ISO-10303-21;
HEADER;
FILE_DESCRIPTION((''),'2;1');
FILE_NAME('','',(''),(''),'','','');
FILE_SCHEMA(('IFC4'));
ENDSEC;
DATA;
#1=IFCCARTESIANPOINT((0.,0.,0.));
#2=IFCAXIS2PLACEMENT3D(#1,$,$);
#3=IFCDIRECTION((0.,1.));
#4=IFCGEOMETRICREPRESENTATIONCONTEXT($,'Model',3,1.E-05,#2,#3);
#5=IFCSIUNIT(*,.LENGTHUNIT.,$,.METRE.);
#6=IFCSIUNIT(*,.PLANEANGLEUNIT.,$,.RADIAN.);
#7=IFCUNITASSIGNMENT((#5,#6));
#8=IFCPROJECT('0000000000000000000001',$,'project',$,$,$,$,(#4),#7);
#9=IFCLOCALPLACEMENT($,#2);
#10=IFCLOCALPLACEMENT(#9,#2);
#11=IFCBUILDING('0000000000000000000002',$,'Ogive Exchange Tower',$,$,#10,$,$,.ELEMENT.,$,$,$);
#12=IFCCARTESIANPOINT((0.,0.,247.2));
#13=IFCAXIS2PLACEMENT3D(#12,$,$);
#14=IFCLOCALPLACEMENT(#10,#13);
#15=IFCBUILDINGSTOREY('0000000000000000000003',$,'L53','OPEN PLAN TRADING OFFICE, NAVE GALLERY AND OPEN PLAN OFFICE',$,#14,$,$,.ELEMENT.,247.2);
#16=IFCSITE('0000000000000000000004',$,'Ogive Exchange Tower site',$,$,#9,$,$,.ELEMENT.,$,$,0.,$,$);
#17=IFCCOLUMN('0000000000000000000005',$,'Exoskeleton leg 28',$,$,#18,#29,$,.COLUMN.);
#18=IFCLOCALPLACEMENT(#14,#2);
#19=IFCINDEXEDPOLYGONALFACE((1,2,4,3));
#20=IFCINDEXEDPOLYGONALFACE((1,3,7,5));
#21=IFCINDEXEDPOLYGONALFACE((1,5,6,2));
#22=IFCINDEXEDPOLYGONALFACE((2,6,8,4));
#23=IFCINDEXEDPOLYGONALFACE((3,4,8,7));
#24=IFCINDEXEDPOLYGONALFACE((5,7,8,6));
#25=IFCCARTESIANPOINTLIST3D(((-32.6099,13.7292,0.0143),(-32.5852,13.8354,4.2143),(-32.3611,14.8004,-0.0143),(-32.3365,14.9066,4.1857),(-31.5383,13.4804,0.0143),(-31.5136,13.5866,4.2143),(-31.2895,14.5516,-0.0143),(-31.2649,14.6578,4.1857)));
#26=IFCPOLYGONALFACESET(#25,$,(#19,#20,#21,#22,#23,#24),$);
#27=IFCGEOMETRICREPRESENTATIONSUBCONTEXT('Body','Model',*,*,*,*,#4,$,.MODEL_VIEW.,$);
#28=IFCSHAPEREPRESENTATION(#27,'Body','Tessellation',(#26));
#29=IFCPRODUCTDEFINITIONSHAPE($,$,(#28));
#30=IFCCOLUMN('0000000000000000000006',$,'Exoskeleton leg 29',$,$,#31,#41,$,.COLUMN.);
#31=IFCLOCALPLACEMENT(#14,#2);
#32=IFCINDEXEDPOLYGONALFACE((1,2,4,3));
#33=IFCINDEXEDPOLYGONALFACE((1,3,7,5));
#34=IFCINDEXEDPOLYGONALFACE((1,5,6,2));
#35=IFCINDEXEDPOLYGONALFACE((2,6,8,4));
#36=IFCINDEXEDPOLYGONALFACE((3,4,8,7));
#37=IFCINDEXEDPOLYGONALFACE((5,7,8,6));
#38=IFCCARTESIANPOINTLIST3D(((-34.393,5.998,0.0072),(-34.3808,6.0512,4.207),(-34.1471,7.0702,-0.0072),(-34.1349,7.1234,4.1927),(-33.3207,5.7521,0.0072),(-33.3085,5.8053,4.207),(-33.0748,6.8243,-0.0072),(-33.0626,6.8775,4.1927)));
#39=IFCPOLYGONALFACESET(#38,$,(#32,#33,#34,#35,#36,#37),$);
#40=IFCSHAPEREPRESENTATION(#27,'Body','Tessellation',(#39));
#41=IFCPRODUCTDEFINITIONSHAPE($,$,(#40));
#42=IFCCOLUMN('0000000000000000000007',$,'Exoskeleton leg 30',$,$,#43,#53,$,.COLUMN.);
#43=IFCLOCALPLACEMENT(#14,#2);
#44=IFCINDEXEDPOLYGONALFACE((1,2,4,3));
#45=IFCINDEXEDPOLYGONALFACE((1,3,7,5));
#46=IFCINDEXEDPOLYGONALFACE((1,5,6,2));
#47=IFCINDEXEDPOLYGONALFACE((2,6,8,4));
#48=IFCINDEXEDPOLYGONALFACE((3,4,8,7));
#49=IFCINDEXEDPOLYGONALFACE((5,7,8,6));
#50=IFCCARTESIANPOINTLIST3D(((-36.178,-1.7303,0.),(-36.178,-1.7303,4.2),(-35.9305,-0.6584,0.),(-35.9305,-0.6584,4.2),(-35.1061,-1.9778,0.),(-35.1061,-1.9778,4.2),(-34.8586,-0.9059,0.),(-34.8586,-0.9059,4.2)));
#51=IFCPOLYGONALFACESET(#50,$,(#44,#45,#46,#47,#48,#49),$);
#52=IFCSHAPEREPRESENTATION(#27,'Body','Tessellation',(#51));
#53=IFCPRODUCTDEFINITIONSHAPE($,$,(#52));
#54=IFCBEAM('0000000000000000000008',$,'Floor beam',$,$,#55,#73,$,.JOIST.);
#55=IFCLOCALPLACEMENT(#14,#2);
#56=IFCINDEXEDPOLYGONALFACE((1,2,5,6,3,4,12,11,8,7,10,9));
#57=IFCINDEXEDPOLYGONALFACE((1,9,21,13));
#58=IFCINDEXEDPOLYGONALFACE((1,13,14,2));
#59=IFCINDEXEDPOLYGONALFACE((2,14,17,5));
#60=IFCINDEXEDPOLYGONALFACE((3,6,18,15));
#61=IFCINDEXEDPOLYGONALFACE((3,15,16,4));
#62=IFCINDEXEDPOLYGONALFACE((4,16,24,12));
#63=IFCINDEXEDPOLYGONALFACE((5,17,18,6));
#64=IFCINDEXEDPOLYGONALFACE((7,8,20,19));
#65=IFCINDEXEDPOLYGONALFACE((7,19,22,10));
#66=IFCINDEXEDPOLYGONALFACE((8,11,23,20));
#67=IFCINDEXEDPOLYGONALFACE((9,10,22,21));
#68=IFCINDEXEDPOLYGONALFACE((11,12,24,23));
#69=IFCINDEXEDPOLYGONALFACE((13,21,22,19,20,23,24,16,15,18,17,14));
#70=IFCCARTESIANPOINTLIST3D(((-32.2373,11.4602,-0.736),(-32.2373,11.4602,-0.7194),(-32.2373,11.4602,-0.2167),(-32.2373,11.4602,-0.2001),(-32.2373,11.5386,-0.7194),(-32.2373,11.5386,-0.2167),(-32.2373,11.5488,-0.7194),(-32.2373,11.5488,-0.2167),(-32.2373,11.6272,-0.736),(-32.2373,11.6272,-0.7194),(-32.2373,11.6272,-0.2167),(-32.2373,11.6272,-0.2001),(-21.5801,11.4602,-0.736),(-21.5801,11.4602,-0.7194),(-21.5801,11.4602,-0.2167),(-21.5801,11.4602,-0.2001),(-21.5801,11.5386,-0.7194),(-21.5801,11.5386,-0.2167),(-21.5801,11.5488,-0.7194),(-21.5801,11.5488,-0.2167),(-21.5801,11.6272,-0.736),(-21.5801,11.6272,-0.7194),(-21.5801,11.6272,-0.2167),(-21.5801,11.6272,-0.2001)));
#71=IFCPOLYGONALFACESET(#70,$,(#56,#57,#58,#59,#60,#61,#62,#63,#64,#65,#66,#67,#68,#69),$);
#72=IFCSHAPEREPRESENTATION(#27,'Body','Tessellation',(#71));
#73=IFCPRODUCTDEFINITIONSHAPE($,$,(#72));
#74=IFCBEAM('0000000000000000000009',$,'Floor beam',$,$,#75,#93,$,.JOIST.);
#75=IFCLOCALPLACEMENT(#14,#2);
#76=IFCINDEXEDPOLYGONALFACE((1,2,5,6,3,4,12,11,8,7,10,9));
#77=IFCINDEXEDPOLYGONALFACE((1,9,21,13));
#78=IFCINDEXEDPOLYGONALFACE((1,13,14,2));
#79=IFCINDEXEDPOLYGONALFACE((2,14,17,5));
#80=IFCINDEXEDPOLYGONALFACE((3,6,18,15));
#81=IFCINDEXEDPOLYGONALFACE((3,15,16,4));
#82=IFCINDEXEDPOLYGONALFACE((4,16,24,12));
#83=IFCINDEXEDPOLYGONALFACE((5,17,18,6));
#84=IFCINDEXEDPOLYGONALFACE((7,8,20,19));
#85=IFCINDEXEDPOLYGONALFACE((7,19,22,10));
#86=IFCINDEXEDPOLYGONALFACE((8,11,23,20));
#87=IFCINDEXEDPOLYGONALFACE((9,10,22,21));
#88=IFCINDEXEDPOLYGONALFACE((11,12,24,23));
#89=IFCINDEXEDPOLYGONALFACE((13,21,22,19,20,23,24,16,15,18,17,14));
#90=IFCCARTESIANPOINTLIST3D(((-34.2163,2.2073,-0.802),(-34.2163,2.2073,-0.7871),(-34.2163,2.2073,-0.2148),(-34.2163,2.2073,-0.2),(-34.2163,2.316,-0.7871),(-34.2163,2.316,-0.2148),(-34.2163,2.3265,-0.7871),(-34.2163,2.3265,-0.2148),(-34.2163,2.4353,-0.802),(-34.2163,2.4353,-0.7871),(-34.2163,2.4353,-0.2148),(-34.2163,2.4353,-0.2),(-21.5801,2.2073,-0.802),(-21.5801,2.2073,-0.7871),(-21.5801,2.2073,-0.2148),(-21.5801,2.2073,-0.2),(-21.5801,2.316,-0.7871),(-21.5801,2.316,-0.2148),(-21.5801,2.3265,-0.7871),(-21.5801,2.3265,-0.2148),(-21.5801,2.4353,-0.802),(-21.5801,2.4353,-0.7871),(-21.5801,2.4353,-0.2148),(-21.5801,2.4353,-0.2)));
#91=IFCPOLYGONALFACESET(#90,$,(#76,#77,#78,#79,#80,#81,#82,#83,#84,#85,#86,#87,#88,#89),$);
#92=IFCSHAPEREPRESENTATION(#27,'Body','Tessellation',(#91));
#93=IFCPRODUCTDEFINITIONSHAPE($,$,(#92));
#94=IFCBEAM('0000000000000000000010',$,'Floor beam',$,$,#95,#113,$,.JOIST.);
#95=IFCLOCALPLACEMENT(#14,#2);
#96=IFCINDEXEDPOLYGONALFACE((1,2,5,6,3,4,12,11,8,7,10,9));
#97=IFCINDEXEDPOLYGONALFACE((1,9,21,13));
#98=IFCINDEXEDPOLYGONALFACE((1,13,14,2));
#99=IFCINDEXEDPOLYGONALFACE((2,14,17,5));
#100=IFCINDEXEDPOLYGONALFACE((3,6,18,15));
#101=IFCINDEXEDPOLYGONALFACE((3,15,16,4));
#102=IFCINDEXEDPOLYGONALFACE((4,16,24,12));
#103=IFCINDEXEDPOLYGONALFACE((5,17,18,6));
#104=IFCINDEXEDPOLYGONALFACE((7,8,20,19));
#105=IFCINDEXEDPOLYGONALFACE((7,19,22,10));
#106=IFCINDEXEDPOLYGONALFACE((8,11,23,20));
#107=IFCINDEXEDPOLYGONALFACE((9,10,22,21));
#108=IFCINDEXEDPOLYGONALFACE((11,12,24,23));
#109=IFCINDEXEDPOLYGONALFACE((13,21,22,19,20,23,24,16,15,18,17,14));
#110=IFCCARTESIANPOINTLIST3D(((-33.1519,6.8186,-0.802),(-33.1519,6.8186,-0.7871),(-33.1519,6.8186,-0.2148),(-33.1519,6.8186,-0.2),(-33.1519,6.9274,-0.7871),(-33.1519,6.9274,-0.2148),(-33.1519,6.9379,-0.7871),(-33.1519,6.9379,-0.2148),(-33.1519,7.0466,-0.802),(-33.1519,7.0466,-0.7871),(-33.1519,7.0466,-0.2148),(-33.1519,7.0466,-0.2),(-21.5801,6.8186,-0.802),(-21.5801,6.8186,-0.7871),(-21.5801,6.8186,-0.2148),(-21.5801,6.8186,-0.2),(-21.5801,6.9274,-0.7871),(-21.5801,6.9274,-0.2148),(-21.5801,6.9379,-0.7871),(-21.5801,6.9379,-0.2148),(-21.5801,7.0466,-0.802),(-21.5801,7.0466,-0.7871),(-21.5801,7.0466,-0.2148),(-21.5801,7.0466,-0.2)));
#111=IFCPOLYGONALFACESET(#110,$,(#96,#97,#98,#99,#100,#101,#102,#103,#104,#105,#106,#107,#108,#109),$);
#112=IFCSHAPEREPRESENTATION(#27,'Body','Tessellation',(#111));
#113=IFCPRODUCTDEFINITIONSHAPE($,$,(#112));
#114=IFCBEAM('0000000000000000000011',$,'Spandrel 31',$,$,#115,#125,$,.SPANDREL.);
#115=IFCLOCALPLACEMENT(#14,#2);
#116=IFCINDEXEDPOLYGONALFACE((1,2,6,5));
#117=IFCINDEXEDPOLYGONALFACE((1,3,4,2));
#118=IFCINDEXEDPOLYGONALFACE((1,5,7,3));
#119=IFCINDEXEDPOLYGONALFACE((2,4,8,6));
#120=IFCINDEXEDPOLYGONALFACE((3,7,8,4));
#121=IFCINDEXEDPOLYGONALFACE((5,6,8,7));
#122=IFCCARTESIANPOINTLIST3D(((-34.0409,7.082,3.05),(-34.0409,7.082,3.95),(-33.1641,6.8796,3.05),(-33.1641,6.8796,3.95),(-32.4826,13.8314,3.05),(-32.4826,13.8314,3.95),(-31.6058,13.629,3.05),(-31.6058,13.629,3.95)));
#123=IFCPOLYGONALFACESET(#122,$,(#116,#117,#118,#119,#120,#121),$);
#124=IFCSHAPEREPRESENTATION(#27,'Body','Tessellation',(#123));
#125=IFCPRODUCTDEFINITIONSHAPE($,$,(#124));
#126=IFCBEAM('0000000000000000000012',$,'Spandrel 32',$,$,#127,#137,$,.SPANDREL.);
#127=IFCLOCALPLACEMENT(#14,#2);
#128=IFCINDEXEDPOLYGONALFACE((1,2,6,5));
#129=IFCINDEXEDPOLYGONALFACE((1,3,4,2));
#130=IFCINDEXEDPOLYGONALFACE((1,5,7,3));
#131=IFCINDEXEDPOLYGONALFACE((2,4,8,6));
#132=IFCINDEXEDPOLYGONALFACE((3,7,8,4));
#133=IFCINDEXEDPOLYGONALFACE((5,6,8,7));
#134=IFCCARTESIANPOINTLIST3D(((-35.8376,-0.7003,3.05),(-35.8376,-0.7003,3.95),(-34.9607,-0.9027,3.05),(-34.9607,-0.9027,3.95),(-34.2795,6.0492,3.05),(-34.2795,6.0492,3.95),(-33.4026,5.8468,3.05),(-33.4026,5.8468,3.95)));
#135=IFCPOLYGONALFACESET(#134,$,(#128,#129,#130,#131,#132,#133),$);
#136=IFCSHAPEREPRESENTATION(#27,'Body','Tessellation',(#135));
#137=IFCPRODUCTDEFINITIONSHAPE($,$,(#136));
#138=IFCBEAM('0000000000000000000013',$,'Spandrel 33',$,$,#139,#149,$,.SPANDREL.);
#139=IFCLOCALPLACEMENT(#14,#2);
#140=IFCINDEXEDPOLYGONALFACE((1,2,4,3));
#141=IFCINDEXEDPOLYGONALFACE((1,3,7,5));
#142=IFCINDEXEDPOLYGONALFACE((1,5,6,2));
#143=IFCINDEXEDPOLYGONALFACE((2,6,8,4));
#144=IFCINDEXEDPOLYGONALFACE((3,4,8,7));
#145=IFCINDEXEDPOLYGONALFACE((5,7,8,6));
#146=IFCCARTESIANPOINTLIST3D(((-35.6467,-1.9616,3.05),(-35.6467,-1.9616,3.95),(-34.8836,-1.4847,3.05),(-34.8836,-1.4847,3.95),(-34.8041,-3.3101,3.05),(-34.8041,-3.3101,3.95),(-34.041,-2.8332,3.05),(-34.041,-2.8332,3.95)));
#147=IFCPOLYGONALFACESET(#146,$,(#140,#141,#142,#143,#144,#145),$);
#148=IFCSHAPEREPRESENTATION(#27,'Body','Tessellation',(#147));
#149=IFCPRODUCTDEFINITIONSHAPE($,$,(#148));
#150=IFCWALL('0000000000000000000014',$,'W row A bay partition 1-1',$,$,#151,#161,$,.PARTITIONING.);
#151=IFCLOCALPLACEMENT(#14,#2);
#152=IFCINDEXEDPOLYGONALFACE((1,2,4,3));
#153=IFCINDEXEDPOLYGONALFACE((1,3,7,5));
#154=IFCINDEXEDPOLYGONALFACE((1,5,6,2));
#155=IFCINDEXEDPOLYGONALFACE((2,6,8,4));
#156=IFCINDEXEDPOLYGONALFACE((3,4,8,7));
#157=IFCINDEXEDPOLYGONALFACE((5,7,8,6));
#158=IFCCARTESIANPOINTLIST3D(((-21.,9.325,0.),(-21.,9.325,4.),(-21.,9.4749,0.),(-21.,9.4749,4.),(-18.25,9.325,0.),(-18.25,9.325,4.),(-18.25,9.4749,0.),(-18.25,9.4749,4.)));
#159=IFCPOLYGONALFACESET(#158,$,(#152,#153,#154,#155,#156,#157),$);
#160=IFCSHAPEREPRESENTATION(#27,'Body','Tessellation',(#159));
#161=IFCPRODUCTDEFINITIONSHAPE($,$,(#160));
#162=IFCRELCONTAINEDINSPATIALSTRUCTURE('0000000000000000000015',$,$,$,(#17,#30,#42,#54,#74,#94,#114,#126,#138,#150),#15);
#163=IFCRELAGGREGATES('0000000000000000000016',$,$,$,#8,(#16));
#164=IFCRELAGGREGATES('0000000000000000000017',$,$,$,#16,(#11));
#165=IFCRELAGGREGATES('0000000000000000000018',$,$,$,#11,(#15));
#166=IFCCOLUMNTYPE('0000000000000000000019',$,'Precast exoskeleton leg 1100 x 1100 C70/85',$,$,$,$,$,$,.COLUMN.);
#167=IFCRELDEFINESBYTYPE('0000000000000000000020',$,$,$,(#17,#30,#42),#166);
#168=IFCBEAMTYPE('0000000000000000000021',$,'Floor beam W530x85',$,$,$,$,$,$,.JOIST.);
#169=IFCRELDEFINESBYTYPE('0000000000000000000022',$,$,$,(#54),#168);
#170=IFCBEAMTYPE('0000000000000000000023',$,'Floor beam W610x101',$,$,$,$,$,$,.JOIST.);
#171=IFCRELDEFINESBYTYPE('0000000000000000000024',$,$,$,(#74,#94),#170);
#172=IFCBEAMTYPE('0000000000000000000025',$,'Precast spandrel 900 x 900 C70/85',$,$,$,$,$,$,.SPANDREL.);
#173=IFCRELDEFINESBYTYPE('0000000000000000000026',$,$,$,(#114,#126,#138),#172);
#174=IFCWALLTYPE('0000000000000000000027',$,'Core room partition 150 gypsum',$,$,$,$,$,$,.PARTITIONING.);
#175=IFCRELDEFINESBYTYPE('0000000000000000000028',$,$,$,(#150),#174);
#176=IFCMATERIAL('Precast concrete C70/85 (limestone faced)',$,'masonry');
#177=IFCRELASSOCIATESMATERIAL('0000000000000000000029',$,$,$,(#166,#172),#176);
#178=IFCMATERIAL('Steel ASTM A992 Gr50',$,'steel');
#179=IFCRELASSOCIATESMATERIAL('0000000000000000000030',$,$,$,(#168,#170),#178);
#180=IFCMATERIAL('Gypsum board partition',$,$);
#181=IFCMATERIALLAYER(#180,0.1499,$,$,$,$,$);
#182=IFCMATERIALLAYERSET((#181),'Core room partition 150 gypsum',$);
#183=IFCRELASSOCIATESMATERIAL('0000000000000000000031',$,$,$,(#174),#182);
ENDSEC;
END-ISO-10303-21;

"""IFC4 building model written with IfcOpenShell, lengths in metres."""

from ifc_helpers import new_model, si_unit, direction, frame, frame_2d, origin, origin_2d, place, context, subcontext, project, spatial, rectangle, i_section, extrude, material, layer, layer_set, material_profile, profile_set, type_object, element, save


model = new_model("IFC4")

# Units and contexts
model_context = context("Model", 3, precision=1e-05, world=origin(), true_north=direction((0.0, 1.0)))
body_context = subcontext(model_context, "Body", "Model", "MODEL_VIEW")
ifc_project = project(units=[si_unit("LENGTHUNIT", "METRE"), si_unit("PLANEANGLEUNIT", "RADIAN")], contexts=[model_context])

# Site, building, storey
site_placement = place(None, origin())
site = spatial("IfcSite", under=ifc_project, at=site_placement, Name="Ogive Exchange Tower site", CompositionType="ELEMENT", RefElevation=0.0)
building_placement = place(site_placement, origin())
building = spatial("IfcBuilding", under=site, at=building_placement, Name="Ogive Exchange Tower", CompositionType="ELEMENT")
storey_placement = place(building_placement, frame((0.0, 0.0, 247.2)))
storey = spatial("IfcBuildingStorey", under=building, at=storey_placement, Name="L53", Description="OPEN PLAN TRADING OFFICE, NAVE GALLERY AND OPEN PLAN OFFICE", CompositionType="ELEMENT", Elevation=247.2)

# Columns
ifc_material_1 = material(Name="Precast concrete C70/85 (limestone faced)", Category="masonry")
ifc_material_profile_1 = material_profile(ifc_material_1, rectangle(XDim=1.1001, YDim=1.1001, at=origin_2d()), Name="1100 x 1100")
ifc_profile_set_1 = profile_set([ifc_material_profile_1], Name="Precast concrete C70/85 (limestone faced)")
column_type = type_object("IfcColumnType", Name="Precast exoskeleton leg 1100 x 1100 C70/85", PredefinedType="COLUMN", material=ifc_profile_set_1)
column_1_placement = place(storey_placement, frame((-31.9497, 14.1404, 0.0), z_axis=(0.005869, 0.025278, 0.999663), x_axis=(-0.974088, 0.226168, 0.0)))
element("IfcColumn", 1, at=column_1_placement, inside=storey, type_object=column_type, Name="Exoskeleton leg 28", PredefinedType="COLUMN", context=body_context, shape_type="SweptSolid", body=[
    extrude(rectangle(XDim=1.1001, YDim=1.1001, at=origin_2d()), origin(), (0.0, 0.0, 1.0), 4.2014),
])
column_2_placement = place(storey_placement, frame((-33.7339, 6.4111, 0.0), z_axis=(0.002906, 0.012671, 0.999915), x_axis=(-0.974692, 0.223553, 0.0)))
element("IfcColumn", 2, at=column_2_placement, inside=storey, type_object=column_type, Name="Exoskeleton leg 29", PredefinedType="COLUMN", context=body_context, shape_type="SweptSolid", body=[
    extrude(rectangle(XDim=1.1001, YDim=1.1001, at=origin_2d()), origin(), (0.0, 0.0, 1.0), 4.2002),
])
column_3_placement = place(storey_placement, frame((-35.5183, -1.3181, 0.0), z_axis=(0.0, 0.0, 1.0), x_axis=(0.97437, -0.224951, 0.0)))
element("IfcColumn", 3, at=column_3_placement, inside=storey, type_object=column_type, Name="Exoskeleton leg 30", PredefinedType="COLUMN", context=body_context, shape_type="SweptSolid", body=[
    extrude(rectangle(XDim=1.1001, YDim=1.1001, at=origin_2d()), origin(), (0.0, 0.0, 1.0), 4.2),
])

# Beams
ifc_material_2 = material(Name="Steel ASTM A992 Gr50", Category="steel")
ifc_material_profile_2 = material_profile(ifc_material_2, i_section(OverallWidth=0.167, OverallDepth=0.5359, WebThickness=0.0103, FlangeThickness=0.0166, at=origin_2d()), Name="W530x85")
ifc_profile_set_2 = profile_set([ifc_material_profile_2], Name="Steel ASTM A992 Gr50")
beam_type_1 = type_object("IfcBeamType", Name="Floor beam W530x85", PredefinedType="JOIST", material=ifc_profile_set_2)
beam_1_placement = place(storey_placement, frame((-32.2373, 11.5437, -0.468), z_axis=(1.0, 0.0, 0.0), x_axis=(0.0, 1.0, 0.0)))
element("IfcBeam", 4, at=beam_1_placement, inside=storey, type_object=beam_type_1, Name="Floor beam", PredefinedType="JOIST", context=body_context, shape_type="SweptSolid", body=[
    extrude(i_section(OverallWidth=0.167, OverallDepth=0.5359, WebThickness=0.0103, FlangeThickness=0.0166, at=origin_2d()), origin(), (0.0, 0.0, 1.0), 10.6572),
])
ifc_material_profile_3 = material_profile(ifc_material_2, i_section(OverallWidth=0.228, OverallDepth=0.6021, WebThickness=0.0105, FlangeThickness=0.0149, at=origin_2d()), Name="W610x101")
ifc_profile_set_3 = profile_set([ifc_material_profile_3], Name="Steel ASTM A992 Gr50")
beam_type_2 = type_object("IfcBeamType", Name="Floor beam W610x101", PredefinedType="JOIST", material=ifc_profile_set_3)
beam_2_placement = place(storey_placement, frame((-34.2163, 2.3213, -0.501), z_axis=(1.0, 0.0, 0.0), x_axis=(0.0, 1.0, 0.0)))
element("IfcBeam", 5, at=beam_2_placement, inside=storey, type_object=beam_type_2, Name="Floor beam", PredefinedType="JOIST", context=body_context, shape_type="SweptSolid", body=[
    extrude(i_section(OverallWidth=0.228, OverallDepth=0.6021, WebThickness=0.0105, FlangeThickness=0.0149, at=origin_2d()), origin(), (0.0, 0.0, 1.0), 12.6362),
])
beam_3_placement = place(storey_placement, frame((-33.1519, 6.9326, -0.501), z_axis=(1.0, 0.0, 0.0), x_axis=(0.0, 1.0, 0.0)))
element("IfcBeam", 6, at=beam_3_placement, inside=storey, type_object=beam_type_2, Name="Floor beam", PredefinedType="JOIST", context=body_context, shape_type="SweptSolid", body=[
    extrude(i_section(OverallWidth=0.228, OverallDepth=0.6021, WebThickness=0.0105, FlangeThickness=0.0149, at=origin_2d()), origin(), (0.0, 0.0, 1.0), 11.5718),
])
ifc_material_profile_4 = material_profile(ifc_material_1, rectangle(XDim=0.8999, YDim=0.8999, at=origin_2d()), Name="900 x 900")
ifc_profile_set_4 = profile_set([ifc_material_profile_4], Name="Precast concrete C70/85 (limestone faced)")
beam_type_3 = type_object("IfcBeamType", Name="Precast spandrel 900 x 900 C70/85", PredefinedType="SPANDREL", material=ifc_profile_set_4)
for number, where, z_axis, x_axis, name in (
    (7, (-32.0442, 13.7302, 3.5), (-0.224965, -0.974367, 0.0), (0.974367, -0.224965, 0.0), "Spandrel 31"),
    (8, (-33.8411, 5.948, 3.5), (-0.224932, -0.974375, 0.0), (0.974375, -0.224932, 0.0), "Spandrel 32"),
):
    element("IfcBeam", number, at=place(storey_placement, frame(where, z_axis=z_axis, x_axis=x_axis)), inside=storey, type_object=beam_type_3, Name=name, PredefinedType="SPANDREL", context=body_context, shape_type="SweptSolid", body=[
        extrude(rectangle(XDim=0.8999, YDim=0.8999, at=origin_2d()), origin(), (0.0, 0.0, 1.0), 6.927),
    ])
beam_4_placement = place(storey_placement, frame((-35.2651, -1.7231, 3.5), z_axis=(0.529902, -0.848059, 0.0), x_axis=(0.848059, 0.529902, 0.0)))
element("IfcBeam", 9, at=beam_4_placement, inside=storey, type_object=beam_type_3, Name="Spandrel 33", PredefinedType="SPANDREL", context=body_context, shape_type="SweptSolid", body=[
    extrude(rectangle(XDim=0.8999, YDim=0.8999, at=origin_2d()), origin(), (0.0, 0.0, 1.0), 1.5901),
])

# Wall
ifc_material_3 = material(Name="Gypsum board partition")
ifc_layer_1 = layer(ifc_material_3, 0.1499)
ifc_layer_set_1 = layer_set([ifc_layer_1], Name="Core room partition 150 gypsum")
wall_type_1 = type_object("IfcWallType", Name="Core room partition 150 gypsum", PredefinedType="PARTITIONING", material=ifc_layer_set_1)
wall_1_placement = place(storey_placement, frame((-21.0, 9.3999, 0.0), z_axis=(0.0, 0.0, 1.0), x_axis=(1.0, 0.0, 0.0)))
element("IfcWall", 10, at=wall_1_placement, inside=storey, type_object=wall_type_1, Name="W row A bay partition 1-1", PredefinedType="PARTITIONING", context=body_context, shape_type="SweptSolid", body=[
    extrude(rectangle(XDim=2.75, YDim=0.1499, at=frame_2d((1.375, 0.0))), origin(), (0.0, 0.0, 1.0), 4.0),
])

save(model, "model.ifc")
